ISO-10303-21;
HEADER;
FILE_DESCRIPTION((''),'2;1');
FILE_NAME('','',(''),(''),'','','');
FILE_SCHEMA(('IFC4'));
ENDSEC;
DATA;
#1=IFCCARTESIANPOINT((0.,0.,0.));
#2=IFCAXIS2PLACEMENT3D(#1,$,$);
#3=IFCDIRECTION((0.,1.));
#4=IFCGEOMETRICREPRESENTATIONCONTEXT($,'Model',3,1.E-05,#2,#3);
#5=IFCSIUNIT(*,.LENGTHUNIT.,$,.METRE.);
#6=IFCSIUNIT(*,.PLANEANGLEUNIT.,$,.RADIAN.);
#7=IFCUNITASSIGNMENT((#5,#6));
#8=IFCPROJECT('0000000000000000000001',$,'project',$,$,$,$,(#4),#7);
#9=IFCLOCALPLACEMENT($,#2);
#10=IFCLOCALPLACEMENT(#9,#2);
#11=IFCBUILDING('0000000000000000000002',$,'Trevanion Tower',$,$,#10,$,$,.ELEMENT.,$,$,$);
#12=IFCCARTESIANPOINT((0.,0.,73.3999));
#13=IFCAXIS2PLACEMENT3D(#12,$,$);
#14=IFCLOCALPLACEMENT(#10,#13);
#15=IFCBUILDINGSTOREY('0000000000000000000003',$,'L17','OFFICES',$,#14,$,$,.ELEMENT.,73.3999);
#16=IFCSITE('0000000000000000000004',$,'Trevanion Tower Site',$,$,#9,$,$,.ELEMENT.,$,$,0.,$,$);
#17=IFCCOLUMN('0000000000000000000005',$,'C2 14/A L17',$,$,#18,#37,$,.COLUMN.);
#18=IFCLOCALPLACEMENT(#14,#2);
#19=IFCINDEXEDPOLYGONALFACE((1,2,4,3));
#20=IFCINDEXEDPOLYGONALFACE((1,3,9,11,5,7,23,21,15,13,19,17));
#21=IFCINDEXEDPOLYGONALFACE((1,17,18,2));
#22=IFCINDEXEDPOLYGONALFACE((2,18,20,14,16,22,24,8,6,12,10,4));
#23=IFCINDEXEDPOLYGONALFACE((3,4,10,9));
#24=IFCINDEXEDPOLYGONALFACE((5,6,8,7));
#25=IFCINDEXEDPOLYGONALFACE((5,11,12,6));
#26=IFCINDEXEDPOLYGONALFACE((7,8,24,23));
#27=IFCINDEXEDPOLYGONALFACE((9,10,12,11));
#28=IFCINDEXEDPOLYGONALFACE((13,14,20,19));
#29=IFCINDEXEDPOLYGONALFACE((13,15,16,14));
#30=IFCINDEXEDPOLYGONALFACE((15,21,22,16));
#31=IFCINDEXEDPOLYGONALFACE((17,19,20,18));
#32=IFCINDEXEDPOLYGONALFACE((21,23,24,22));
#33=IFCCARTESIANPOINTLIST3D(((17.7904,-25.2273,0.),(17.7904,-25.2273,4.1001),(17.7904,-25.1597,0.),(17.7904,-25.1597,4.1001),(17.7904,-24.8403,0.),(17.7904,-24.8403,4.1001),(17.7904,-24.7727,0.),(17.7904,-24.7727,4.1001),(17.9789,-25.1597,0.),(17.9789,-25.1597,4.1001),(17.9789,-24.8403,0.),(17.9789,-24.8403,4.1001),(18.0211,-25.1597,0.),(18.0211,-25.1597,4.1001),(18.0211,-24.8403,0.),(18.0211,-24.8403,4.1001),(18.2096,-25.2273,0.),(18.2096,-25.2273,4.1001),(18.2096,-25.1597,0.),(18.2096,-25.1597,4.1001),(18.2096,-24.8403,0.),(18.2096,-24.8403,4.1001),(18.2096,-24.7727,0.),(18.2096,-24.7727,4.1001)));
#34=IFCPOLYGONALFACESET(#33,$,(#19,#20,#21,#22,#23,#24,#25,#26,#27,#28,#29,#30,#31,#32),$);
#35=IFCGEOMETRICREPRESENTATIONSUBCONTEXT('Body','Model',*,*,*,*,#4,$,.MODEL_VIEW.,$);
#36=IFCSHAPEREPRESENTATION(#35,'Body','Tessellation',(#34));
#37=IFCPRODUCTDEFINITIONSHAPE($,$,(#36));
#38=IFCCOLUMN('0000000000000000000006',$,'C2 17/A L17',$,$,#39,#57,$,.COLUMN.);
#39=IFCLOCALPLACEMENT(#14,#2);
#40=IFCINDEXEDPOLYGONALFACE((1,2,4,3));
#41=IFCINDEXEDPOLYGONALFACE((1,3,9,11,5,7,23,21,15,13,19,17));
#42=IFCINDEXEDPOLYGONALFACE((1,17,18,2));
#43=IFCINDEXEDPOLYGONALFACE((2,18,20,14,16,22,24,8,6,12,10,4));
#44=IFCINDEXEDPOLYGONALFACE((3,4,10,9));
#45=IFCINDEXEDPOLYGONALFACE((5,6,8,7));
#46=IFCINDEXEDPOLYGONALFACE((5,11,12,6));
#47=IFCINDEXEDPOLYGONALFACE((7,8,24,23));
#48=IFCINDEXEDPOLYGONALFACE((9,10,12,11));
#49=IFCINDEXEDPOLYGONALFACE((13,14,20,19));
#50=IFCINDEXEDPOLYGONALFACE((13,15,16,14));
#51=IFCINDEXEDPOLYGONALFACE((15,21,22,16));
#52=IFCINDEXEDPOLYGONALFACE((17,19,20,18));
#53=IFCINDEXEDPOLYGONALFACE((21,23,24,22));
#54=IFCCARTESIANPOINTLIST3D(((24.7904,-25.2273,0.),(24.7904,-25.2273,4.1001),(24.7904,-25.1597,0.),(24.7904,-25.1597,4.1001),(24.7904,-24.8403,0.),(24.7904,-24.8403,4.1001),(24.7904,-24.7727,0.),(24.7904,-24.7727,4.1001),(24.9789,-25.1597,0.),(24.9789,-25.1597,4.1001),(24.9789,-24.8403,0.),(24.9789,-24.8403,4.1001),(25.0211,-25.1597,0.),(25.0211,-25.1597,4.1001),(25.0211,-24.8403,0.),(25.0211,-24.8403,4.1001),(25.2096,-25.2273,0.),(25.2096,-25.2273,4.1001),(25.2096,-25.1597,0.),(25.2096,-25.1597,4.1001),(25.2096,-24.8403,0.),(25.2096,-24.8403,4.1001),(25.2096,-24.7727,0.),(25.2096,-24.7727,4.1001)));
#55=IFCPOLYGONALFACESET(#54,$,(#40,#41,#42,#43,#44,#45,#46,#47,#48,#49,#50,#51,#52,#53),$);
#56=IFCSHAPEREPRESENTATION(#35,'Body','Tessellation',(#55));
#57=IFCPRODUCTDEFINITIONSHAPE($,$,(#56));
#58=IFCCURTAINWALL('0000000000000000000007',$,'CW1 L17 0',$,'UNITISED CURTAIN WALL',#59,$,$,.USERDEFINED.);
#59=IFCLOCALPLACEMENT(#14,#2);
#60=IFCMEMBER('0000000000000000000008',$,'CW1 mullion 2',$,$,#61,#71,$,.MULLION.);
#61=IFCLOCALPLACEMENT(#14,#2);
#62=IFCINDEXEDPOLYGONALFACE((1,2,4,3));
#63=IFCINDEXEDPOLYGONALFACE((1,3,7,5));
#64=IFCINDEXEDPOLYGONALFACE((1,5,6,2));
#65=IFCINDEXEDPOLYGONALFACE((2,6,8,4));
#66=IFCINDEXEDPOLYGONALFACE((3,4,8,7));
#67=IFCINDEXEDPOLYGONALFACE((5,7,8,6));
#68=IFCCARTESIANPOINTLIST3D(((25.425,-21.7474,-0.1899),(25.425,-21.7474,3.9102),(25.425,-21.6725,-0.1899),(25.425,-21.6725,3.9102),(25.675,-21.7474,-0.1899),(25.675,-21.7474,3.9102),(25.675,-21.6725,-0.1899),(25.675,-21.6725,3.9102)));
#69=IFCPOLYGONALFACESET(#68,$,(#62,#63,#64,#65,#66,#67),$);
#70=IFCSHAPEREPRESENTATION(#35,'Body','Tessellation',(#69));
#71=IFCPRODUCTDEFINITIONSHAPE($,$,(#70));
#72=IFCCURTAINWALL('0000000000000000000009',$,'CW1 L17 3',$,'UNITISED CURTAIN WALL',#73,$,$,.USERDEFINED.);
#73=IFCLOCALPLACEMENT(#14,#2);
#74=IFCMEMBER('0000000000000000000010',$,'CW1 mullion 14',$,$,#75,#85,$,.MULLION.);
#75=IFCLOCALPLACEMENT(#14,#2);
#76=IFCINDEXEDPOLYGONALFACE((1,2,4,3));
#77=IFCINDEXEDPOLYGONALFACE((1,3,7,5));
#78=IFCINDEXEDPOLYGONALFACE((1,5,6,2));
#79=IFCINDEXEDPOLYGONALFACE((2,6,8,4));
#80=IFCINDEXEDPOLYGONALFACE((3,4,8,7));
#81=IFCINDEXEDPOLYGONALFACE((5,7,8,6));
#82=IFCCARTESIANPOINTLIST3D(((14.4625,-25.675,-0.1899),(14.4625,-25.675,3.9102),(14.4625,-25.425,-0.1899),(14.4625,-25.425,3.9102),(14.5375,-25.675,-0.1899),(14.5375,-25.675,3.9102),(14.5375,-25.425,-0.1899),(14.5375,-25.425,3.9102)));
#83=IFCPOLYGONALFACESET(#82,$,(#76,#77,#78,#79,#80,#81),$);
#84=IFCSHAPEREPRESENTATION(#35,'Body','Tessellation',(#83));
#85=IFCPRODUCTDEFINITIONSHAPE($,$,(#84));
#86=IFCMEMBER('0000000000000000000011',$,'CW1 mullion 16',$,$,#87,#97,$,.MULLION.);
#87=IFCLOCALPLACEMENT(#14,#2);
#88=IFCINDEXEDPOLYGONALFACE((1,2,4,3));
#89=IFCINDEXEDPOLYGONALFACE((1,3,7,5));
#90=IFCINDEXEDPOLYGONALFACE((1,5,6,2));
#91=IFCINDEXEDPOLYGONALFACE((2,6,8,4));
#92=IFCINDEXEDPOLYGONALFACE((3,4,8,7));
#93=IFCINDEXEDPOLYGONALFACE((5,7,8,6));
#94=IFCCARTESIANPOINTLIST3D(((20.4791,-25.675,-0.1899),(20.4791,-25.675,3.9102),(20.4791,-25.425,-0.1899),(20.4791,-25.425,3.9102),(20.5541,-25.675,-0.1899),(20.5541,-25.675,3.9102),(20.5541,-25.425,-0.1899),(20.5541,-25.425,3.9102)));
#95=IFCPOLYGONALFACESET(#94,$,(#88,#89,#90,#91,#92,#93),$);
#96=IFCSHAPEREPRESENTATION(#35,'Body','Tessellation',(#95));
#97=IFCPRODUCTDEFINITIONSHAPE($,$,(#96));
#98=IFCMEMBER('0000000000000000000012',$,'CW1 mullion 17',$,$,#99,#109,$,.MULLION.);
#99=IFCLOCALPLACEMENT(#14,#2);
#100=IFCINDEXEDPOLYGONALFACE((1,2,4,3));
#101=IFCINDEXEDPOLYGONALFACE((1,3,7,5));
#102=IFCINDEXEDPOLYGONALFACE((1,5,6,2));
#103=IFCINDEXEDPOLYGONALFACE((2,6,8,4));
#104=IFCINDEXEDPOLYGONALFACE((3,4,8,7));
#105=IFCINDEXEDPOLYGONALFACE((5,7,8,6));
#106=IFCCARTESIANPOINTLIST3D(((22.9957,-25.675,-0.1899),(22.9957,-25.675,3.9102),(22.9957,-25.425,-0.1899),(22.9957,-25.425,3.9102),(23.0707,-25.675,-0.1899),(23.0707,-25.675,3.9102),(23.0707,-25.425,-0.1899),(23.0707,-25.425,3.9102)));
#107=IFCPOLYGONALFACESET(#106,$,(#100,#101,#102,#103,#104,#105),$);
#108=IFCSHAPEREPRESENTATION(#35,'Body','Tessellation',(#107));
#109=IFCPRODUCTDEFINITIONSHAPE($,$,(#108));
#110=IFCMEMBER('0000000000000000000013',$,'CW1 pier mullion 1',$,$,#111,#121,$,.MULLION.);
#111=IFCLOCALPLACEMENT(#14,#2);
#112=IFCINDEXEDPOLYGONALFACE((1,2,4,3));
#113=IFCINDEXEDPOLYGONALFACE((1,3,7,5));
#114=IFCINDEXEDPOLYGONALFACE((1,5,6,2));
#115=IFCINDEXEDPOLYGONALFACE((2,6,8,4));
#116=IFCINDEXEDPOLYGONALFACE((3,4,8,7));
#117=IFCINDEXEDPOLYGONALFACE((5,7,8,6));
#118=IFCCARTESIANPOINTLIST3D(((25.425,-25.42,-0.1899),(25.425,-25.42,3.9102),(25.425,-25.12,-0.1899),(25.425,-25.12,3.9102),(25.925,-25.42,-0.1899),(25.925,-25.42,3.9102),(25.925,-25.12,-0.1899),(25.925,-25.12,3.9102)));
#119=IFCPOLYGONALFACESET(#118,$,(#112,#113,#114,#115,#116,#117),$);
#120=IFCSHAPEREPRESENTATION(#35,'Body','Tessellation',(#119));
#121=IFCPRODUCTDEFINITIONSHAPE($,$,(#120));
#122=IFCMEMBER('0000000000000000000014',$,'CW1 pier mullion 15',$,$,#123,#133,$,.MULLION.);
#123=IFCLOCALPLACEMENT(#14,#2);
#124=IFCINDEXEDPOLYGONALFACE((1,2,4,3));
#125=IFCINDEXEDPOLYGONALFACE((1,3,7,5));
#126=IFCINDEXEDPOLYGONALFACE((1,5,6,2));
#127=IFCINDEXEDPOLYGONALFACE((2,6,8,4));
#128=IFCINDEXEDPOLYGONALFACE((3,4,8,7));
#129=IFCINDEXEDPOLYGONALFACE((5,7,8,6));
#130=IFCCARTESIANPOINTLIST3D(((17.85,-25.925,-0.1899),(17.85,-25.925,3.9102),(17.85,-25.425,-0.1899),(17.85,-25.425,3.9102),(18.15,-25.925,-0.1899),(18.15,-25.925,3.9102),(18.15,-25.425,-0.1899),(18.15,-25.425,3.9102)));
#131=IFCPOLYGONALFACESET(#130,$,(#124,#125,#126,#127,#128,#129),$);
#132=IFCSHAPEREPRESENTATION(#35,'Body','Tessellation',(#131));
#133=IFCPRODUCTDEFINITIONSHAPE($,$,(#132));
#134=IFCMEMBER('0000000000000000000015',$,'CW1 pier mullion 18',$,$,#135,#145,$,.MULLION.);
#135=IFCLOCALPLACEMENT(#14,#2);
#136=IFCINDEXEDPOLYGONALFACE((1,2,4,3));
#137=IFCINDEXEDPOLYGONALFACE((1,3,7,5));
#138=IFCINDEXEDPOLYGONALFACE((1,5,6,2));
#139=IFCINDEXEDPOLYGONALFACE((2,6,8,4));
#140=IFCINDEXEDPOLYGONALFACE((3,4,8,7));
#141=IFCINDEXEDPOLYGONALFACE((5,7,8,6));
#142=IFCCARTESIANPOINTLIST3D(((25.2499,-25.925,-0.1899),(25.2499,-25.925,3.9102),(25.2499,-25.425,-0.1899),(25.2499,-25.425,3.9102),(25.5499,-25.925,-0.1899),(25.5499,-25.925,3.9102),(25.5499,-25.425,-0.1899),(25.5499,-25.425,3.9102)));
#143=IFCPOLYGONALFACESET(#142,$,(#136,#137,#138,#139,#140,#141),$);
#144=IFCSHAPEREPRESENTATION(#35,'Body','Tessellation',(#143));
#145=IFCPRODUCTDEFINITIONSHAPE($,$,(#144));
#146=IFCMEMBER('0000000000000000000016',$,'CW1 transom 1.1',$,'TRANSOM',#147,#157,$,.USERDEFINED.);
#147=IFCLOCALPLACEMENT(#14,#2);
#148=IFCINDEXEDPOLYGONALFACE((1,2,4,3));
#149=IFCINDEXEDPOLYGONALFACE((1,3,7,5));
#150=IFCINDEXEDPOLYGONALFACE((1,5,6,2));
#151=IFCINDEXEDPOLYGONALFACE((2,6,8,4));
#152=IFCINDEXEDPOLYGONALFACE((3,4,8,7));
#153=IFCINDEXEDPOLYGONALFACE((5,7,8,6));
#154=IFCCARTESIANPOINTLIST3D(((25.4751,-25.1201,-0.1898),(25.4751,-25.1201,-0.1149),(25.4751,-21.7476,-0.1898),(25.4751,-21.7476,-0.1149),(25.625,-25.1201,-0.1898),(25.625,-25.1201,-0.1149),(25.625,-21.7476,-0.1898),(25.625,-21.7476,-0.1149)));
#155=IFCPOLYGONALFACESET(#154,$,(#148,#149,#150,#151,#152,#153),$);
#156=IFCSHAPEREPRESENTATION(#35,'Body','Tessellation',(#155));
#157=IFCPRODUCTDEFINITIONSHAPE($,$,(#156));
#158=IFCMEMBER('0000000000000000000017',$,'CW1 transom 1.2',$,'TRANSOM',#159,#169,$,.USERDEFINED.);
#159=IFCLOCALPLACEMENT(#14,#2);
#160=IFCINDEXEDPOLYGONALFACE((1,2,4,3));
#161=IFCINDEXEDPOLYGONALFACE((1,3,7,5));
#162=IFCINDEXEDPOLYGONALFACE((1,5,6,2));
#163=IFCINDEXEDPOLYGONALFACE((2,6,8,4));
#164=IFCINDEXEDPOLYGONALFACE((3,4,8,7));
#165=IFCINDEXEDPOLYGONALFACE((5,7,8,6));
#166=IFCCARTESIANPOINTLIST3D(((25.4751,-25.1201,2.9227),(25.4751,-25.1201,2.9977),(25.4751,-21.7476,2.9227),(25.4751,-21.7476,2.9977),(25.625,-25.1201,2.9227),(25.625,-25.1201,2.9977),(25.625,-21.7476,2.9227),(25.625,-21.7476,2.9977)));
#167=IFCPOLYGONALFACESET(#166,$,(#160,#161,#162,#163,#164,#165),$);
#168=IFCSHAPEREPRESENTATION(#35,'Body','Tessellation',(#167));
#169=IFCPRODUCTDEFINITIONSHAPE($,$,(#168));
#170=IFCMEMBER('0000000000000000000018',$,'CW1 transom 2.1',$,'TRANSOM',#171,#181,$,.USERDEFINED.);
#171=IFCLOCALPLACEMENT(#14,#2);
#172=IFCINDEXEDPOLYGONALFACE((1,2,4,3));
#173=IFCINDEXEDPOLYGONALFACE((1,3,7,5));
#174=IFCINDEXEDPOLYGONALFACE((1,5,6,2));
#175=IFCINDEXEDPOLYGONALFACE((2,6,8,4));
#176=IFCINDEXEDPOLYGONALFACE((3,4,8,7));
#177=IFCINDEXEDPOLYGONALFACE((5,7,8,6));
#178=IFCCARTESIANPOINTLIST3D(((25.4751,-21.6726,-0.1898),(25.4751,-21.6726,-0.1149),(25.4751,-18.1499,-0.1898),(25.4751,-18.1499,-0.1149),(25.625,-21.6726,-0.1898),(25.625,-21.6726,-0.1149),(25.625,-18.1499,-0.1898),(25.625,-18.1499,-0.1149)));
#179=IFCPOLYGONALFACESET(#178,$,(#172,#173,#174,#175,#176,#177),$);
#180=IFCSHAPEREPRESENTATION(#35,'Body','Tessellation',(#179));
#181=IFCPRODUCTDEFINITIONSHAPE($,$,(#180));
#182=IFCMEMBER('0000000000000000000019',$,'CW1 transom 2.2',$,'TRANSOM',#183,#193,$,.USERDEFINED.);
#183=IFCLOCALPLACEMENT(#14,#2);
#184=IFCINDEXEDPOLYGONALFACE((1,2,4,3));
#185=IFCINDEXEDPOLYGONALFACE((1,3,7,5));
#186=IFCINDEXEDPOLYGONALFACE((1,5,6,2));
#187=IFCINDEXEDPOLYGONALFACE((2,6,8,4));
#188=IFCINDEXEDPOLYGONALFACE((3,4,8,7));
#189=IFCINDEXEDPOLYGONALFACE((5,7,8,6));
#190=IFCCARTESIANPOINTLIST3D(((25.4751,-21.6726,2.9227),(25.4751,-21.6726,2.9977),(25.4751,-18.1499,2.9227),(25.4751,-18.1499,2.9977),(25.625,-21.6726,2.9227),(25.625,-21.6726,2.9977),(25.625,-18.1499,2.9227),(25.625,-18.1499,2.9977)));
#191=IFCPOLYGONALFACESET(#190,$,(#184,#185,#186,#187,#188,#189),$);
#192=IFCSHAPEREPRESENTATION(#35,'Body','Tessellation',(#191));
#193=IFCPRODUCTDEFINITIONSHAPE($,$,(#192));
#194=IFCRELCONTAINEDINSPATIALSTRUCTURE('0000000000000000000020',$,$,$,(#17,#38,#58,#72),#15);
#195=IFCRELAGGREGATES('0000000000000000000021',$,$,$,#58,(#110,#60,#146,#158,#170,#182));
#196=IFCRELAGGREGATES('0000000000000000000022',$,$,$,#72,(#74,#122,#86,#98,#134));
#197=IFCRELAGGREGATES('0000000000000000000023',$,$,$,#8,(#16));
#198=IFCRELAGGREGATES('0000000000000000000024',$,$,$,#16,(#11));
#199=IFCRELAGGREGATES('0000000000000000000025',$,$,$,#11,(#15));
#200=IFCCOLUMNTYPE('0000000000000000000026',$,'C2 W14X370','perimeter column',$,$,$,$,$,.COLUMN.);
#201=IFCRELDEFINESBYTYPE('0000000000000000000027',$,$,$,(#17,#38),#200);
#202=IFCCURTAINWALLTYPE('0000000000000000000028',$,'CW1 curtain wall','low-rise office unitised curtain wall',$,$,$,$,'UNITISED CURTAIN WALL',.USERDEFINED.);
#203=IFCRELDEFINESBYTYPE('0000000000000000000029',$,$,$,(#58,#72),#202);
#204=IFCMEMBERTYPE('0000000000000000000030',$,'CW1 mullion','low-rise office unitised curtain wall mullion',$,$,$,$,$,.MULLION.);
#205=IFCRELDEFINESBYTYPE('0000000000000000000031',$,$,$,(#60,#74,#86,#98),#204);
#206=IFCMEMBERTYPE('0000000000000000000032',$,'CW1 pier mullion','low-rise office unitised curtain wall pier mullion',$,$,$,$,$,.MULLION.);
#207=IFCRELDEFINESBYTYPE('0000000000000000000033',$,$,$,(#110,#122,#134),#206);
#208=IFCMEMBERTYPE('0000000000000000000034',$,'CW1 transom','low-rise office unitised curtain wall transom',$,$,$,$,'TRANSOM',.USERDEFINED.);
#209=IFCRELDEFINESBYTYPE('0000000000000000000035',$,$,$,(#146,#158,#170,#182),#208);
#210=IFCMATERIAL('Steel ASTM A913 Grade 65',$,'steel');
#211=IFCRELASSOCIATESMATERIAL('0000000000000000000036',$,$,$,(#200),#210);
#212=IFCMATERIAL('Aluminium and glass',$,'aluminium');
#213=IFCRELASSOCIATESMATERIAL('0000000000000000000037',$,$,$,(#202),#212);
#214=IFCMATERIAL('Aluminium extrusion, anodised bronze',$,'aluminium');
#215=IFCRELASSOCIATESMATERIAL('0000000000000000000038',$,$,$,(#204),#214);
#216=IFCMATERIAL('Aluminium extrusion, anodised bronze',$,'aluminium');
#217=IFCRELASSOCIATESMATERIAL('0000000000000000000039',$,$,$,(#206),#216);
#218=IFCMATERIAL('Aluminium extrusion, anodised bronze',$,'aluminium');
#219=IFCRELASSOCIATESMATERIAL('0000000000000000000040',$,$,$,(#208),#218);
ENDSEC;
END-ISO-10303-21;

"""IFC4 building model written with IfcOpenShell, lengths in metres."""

from ifc_helpers import new_model, si_unit, direction, frame, origin, origin_2d, place, context, subcontext, project, spatial, rectangle, i_section, extrude, material, material_profile, profile_set, type_object, element, aggregate, save


model = new_model("IFC4")

# Units and contexts
model_context = context("Model", 3, precision=1e-05, world=origin(), true_north=direction((0.0, 1.0)))
body_context = subcontext(model_context, "Body", "Model", "MODEL_VIEW")
ifc_project = project(units=[si_unit("LENGTHUNIT", "METRE"), si_unit("PLANEANGLEUNIT", "RADIAN")], contexts=[model_context])

# Site, building, storey
site_placement = place(None, origin())
site = spatial("IfcSite", under=ifc_project, at=site_placement, Name="Trevanion Tower Site", CompositionType="ELEMENT", RefElevation=0.0)
building_placement = place(site_placement, origin())
building = spatial("IfcBuilding", under=site, at=building_placement, Name="Trevanion Tower", CompositionType="ELEMENT")
storey_placement = place(building_placement, frame((0.0, 0.0, 73.3999)))
storey = spatial("IfcBuildingStorey", under=building, at=storey_placement, Name="L17", Description="OFFICES", CompositionType="ELEMENT", Elevation=73.3999)

# Columns
ifc_material_1 = material(Name="Steel ASTM A913 Grade 65", Category="steel")
ifc_material_profile_1 = material_profile(ifc_material_1, i_section(OverallWidth=0.4192, OverallDepth=0.4546, WebThickness=0.0422, FlangeThickness=0.0676, at=origin_2d()), Name="W14X370")
ifc_profile_set_1 = profile_set([ifc_material_profile_1], Name="Steel ASTM A913 Grade 65")
column_type = type_object("IfcColumnType", Name="C2 W14X370", Description="perimeter column", PredefinedType="COLUMN", material=ifc_profile_set_1)
for number, where, z_axis, x_axis, name in (
    (1, (18.0, -25.0, 0.0), (0.0, 0.0, 1.0), (1.0, 0.0, 0.0), "C2 14/A L17"),
    (2, (25.0, -25.0, 0.0), (0.0, 0.0, 1.0), (1.0, 0.0, 0.0), "C2 17/A L17"),
):
    element("IfcColumn", number, at=place(storey_placement, frame(where, z_axis=z_axis, x_axis=x_axis)), inside=storey, type_object=column_type, Name=name, PredefinedType="COLUMN", context=body_context, shape_type="SweptSolid", body=[
        extrude(i_section(OverallWidth=0.4192, OverallDepth=0.4546, WebThickness=0.0422, FlangeThickness=0.0676, at=origin_2d()), origin(), (0.0, 0.0, 1.0), 4.1001),
    ])

# Curtain wall, member
ifc_material_2 = material(Name="Aluminium and glass", Category="aluminium")
curtain_wall_type = type_object("IfcCurtainWallType", Name="CW1 curtain wall", Description="low-rise office unitised curtain wall", ElementType="UNITISED CURTAIN WALL", PredefinedType="USERDEFINED", material=ifc_material_2)
curtain_wall_1_placement = place(storey_placement, origin())
curtain_wall_1 = element("IfcCurtainWall", 3, at=curtain_wall_1_placement, inside=storey, type_object=curtain_wall_type, Name="CW1 L17 0", ObjectType="UNITISED CURTAIN WALL", PredefinedType="USERDEFINED")
ifc_material_3 = material(Name="Aluminium extrusion, anodised bronze", Category="aluminium")
ifc_material_profile_2 = material_profile(ifc_material_3, rectangle(XDim=0.075, YDim=0.25, at=origin_2d()), Name="CW1 mullion")
ifc_profile_set_2 = profile_set([ifc_material_profile_2], Name="Aluminium extrusion, anodised bronze")
member_type_1 = type_object("IfcMemberType", Name="CW1 mullion", Description="low-rise office unitised curtain wall mullion", PredefinedType="MULLION", material=ifc_profile_set_2)
member_1_placement = place(storey_placement, frame((25.55, -21.71, -0.1899), z_axis=(0.0, 0.0, 1.0), x_axis=(0.0, 1.0, 0.0)))
member_1 = element("IfcMember", 4, at=member_1_placement, type_object=member_type_1, Name="CW1 mullion 2", PredefinedType="MULLION", context=body_context, shape_type="SweptSolid", body=[
    extrude(rectangle(XDim=0.075, YDim=0.25, at=origin_2d()), origin(), (0.0, 0.0, 1.0), 4.1001),
])

# Curtain wall, members
curtain_wall_2_placement = place(storey_placement, origin())
curtain_wall_2 = element("IfcCurtainWall", 5, at=curtain_wall_2_placement, inside=storey, type_object=curtain_wall_type, Name="CW1 L17 3", ObjectType="UNITISED CURTAIN WALL", PredefinedType="USERDEFINED")
member_2_placement = place(storey_placement, frame((14.5, -25.55, -0.1899), z_axis=(0.0, 0.0, 1.0), x_axis=(1.0, 0.0, 0.0)))
member_2 = element("IfcMember", 6, at=member_2_placement, type_object=member_type_1, Name="CW1 mullion 14", PredefinedType="MULLION", context=body_context, shape_type="SweptSolid", body=[
    extrude(rectangle(XDim=0.075, YDim=0.25, at=origin_2d()), origin(), (0.0, 0.0, 1.0), 4.1001),
])
member_3_placement = place(storey_placement, frame((20.5166, -25.55, -0.1899), z_axis=(0.0, 0.0, 1.0), x_axis=(1.0, 0.0, 0.0)))
member_3 = element("IfcMember", 7, at=member_3_placement, type_object=member_type_1, Name="CW1 mullion 16", PredefinedType="MULLION", context=body_context, shape_type="SweptSolid", body=[
    extrude(rectangle(XDim=0.075, YDim=0.25, at=origin_2d()), origin(), (0.0, 0.0, 1.0), 4.1001),
])
member_4_placement = place(storey_placement, frame((23.0332, -25.55, -0.1899), z_axis=(0.0, 0.0, 1.0), x_axis=(1.0, 0.0, 0.0)))
member_4 = element("IfcMember", 8, at=member_4_placement, type_object=member_type_1, Name="CW1 mullion 17", PredefinedType="MULLION", context=body_context, shape_type="SweptSolid", body=[
    extrude(rectangle(XDim=0.075, YDim=0.25, at=origin_2d()), origin(), (0.0, 0.0, 1.0), 4.1001),
])

# Members
ifc_material_4 = material(Name="Aluminium extrusion, anodised bronze", Category="aluminium")
ifc_material_profile_3 = material_profile(ifc_material_4, rectangle(XDim=0.3, YDim=0.5, at=origin_2d()), Name="CW1 pier mullion")
ifc_profile_set_3 = profile_set([ifc_material_profile_3], Name="Aluminium extrusion, anodised bronze")
member_type_2 = type_object("IfcMemberType", Name="CW1 pier mullion", Description="low-rise office unitised curtain wall pier mullion", PredefinedType="MULLION", material=ifc_profile_set_3)
member_5_placement = place(storey_placement, frame((25.675, -25.27, -0.1899), z_axis=(0.0, 0.0, 1.0), x_axis=(0.0, 1.0, 0.0)))
member_5 = element("IfcMember", 9, at=member_5_placement, type_object=member_type_2, Name="CW1 pier mullion 1", PredefinedType="MULLION", context=body_context, shape_type="SweptSolid", body=[
    extrude(rectangle(XDim=0.3, YDim=0.5, at=origin_2d()), origin(), (0.0, 0.0, 1.0), 4.1001),
])
member_6_placement = place(storey_placement, frame((18.0, -25.675, -0.1899), z_axis=(0.0, 0.0, 1.0), x_axis=(1.0, 0.0, 0.0)))
member_6 = element("IfcMember", 10, at=member_6_placement, type_object=member_type_2, Name="CW1 pier mullion 15", PredefinedType="MULLION", context=body_context, shape_type="SweptSolid", body=[
    extrude(rectangle(XDim=0.3, YDim=0.5, at=origin_2d()), origin(), (0.0, 0.0, 1.0), 4.1001),
])
member_7_placement = place(storey_placement, frame((25.3999, -25.675, -0.1899), z_axis=(0.0, 0.0, 1.0), x_axis=(1.0, 0.0, 0.0)))
member_7 = element("IfcMember", 11, at=member_7_placement, type_object=member_type_2, Name="CW1 pier mullion 18", PredefinedType="MULLION", context=body_context, shape_type="SweptSolid", body=[
    extrude(rectangle(XDim=0.3, YDim=0.5, at=origin_2d()), origin(), (0.0, 0.0, 1.0), 4.1001),
])
ifc_material_5 = material(Name="Aluminium extrusion, anodised bronze", Category="aluminium")
ifc_material_profile_4 = material_profile(ifc_material_5, rectangle(XDim=0.1499, YDim=0.075, at=origin_2d()), Name="CW1 transom")
ifc_profile_set_4 = profile_set([ifc_material_profile_4], Name="Aluminium extrusion, anodised bronze")
member_type_3 = type_object("IfcMemberType", Name="CW1 transom", Description="low-rise office unitised curtain wall transom", ElementType="TRANSOM", PredefinedType="USERDEFINED", material=ifc_profile_set_4)
member_8_placement = place(storey_placement, frame((25.55, -25.1201, -0.1523), z_axis=(0.0, 1.0, 0.0), x_axis=(-1.0, 0.0, 0.0)))
member_8 = element("IfcMember", 12, at=member_8_placement, type_object=member_type_3, Name="CW1 transom 1.1", ObjectType="TRANSOM", PredefinedType="USERDEFINED", context=body_context, shape_type="SweptSolid", body=[
    extrude(rectangle(XDim=0.1499, YDim=0.075, at=origin_2d()), origin(), (0.0, 0.0, 1.0), 3.3726),
])
member_9_placement = place(storey_placement, frame((25.55, -25.1201, 2.9602), z_axis=(0.0, 1.0, 0.0), x_axis=(-1.0, 0.0, 0.0)))
member_9 = element("IfcMember", 13, at=member_9_placement, type_object=member_type_3, Name="CW1 transom 1.2", ObjectType="TRANSOM", PredefinedType="USERDEFINED", context=body_context, shape_type="SweptSolid", body=[
    extrude(rectangle(XDim=0.1499, YDim=0.075, at=origin_2d()), origin(), (0.0, 0.0, 1.0), 3.3726),
])
member_10_placement = place(storey_placement, frame((25.55, -21.6726, -0.1523), z_axis=(0.0, 1.0, 0.0), x_axis=(-1.0, 0.0, 0.0)))
member_10 = element("IfcMember", 14, at=member_10_placement, type_object=member_type_3, Name="CW1 transom 2.1", ObjectType="TRANSOM", PredefinedType="USERDEFINED", context=body_context, shape_type="SweptSolid", body=[
    extrude(rectangle(XDim=0.1499, YDim=0.075, at=origin_2d()), origin(), (0.0, 0.0, 1.0), 3.5227),
])
member_11_placement = place(storey_placement, frame((25.55, -21.6726, 2.9602), z_axis=(0.0, 1.0, 0.0), x_axis=(-1.0, 0.0, 0.0)))
member_11 = element("IfcMember", 15, at=member_11_placement, type_object=member_type_3, Name="CW1 transom 2.2", ObjectType="TRANSOM", PredefinedType="USERDEFINED", context=body_context, shape_type="SweptSolid", body=[
    extrude(rectangle(XDim=0.1499, YDim=0.075, at=origin_2d()), origin(), (0.0, 0.0, 1.0), 3.5227),
])

aggregate(curtain_wall_1, [member_5, member_1, member_8, member_9, member_10, member_11])
aggregate(curtain_wall_2, [member_2, member_6, member_3, member_4, member_7])

save(model, "model.ifc")
